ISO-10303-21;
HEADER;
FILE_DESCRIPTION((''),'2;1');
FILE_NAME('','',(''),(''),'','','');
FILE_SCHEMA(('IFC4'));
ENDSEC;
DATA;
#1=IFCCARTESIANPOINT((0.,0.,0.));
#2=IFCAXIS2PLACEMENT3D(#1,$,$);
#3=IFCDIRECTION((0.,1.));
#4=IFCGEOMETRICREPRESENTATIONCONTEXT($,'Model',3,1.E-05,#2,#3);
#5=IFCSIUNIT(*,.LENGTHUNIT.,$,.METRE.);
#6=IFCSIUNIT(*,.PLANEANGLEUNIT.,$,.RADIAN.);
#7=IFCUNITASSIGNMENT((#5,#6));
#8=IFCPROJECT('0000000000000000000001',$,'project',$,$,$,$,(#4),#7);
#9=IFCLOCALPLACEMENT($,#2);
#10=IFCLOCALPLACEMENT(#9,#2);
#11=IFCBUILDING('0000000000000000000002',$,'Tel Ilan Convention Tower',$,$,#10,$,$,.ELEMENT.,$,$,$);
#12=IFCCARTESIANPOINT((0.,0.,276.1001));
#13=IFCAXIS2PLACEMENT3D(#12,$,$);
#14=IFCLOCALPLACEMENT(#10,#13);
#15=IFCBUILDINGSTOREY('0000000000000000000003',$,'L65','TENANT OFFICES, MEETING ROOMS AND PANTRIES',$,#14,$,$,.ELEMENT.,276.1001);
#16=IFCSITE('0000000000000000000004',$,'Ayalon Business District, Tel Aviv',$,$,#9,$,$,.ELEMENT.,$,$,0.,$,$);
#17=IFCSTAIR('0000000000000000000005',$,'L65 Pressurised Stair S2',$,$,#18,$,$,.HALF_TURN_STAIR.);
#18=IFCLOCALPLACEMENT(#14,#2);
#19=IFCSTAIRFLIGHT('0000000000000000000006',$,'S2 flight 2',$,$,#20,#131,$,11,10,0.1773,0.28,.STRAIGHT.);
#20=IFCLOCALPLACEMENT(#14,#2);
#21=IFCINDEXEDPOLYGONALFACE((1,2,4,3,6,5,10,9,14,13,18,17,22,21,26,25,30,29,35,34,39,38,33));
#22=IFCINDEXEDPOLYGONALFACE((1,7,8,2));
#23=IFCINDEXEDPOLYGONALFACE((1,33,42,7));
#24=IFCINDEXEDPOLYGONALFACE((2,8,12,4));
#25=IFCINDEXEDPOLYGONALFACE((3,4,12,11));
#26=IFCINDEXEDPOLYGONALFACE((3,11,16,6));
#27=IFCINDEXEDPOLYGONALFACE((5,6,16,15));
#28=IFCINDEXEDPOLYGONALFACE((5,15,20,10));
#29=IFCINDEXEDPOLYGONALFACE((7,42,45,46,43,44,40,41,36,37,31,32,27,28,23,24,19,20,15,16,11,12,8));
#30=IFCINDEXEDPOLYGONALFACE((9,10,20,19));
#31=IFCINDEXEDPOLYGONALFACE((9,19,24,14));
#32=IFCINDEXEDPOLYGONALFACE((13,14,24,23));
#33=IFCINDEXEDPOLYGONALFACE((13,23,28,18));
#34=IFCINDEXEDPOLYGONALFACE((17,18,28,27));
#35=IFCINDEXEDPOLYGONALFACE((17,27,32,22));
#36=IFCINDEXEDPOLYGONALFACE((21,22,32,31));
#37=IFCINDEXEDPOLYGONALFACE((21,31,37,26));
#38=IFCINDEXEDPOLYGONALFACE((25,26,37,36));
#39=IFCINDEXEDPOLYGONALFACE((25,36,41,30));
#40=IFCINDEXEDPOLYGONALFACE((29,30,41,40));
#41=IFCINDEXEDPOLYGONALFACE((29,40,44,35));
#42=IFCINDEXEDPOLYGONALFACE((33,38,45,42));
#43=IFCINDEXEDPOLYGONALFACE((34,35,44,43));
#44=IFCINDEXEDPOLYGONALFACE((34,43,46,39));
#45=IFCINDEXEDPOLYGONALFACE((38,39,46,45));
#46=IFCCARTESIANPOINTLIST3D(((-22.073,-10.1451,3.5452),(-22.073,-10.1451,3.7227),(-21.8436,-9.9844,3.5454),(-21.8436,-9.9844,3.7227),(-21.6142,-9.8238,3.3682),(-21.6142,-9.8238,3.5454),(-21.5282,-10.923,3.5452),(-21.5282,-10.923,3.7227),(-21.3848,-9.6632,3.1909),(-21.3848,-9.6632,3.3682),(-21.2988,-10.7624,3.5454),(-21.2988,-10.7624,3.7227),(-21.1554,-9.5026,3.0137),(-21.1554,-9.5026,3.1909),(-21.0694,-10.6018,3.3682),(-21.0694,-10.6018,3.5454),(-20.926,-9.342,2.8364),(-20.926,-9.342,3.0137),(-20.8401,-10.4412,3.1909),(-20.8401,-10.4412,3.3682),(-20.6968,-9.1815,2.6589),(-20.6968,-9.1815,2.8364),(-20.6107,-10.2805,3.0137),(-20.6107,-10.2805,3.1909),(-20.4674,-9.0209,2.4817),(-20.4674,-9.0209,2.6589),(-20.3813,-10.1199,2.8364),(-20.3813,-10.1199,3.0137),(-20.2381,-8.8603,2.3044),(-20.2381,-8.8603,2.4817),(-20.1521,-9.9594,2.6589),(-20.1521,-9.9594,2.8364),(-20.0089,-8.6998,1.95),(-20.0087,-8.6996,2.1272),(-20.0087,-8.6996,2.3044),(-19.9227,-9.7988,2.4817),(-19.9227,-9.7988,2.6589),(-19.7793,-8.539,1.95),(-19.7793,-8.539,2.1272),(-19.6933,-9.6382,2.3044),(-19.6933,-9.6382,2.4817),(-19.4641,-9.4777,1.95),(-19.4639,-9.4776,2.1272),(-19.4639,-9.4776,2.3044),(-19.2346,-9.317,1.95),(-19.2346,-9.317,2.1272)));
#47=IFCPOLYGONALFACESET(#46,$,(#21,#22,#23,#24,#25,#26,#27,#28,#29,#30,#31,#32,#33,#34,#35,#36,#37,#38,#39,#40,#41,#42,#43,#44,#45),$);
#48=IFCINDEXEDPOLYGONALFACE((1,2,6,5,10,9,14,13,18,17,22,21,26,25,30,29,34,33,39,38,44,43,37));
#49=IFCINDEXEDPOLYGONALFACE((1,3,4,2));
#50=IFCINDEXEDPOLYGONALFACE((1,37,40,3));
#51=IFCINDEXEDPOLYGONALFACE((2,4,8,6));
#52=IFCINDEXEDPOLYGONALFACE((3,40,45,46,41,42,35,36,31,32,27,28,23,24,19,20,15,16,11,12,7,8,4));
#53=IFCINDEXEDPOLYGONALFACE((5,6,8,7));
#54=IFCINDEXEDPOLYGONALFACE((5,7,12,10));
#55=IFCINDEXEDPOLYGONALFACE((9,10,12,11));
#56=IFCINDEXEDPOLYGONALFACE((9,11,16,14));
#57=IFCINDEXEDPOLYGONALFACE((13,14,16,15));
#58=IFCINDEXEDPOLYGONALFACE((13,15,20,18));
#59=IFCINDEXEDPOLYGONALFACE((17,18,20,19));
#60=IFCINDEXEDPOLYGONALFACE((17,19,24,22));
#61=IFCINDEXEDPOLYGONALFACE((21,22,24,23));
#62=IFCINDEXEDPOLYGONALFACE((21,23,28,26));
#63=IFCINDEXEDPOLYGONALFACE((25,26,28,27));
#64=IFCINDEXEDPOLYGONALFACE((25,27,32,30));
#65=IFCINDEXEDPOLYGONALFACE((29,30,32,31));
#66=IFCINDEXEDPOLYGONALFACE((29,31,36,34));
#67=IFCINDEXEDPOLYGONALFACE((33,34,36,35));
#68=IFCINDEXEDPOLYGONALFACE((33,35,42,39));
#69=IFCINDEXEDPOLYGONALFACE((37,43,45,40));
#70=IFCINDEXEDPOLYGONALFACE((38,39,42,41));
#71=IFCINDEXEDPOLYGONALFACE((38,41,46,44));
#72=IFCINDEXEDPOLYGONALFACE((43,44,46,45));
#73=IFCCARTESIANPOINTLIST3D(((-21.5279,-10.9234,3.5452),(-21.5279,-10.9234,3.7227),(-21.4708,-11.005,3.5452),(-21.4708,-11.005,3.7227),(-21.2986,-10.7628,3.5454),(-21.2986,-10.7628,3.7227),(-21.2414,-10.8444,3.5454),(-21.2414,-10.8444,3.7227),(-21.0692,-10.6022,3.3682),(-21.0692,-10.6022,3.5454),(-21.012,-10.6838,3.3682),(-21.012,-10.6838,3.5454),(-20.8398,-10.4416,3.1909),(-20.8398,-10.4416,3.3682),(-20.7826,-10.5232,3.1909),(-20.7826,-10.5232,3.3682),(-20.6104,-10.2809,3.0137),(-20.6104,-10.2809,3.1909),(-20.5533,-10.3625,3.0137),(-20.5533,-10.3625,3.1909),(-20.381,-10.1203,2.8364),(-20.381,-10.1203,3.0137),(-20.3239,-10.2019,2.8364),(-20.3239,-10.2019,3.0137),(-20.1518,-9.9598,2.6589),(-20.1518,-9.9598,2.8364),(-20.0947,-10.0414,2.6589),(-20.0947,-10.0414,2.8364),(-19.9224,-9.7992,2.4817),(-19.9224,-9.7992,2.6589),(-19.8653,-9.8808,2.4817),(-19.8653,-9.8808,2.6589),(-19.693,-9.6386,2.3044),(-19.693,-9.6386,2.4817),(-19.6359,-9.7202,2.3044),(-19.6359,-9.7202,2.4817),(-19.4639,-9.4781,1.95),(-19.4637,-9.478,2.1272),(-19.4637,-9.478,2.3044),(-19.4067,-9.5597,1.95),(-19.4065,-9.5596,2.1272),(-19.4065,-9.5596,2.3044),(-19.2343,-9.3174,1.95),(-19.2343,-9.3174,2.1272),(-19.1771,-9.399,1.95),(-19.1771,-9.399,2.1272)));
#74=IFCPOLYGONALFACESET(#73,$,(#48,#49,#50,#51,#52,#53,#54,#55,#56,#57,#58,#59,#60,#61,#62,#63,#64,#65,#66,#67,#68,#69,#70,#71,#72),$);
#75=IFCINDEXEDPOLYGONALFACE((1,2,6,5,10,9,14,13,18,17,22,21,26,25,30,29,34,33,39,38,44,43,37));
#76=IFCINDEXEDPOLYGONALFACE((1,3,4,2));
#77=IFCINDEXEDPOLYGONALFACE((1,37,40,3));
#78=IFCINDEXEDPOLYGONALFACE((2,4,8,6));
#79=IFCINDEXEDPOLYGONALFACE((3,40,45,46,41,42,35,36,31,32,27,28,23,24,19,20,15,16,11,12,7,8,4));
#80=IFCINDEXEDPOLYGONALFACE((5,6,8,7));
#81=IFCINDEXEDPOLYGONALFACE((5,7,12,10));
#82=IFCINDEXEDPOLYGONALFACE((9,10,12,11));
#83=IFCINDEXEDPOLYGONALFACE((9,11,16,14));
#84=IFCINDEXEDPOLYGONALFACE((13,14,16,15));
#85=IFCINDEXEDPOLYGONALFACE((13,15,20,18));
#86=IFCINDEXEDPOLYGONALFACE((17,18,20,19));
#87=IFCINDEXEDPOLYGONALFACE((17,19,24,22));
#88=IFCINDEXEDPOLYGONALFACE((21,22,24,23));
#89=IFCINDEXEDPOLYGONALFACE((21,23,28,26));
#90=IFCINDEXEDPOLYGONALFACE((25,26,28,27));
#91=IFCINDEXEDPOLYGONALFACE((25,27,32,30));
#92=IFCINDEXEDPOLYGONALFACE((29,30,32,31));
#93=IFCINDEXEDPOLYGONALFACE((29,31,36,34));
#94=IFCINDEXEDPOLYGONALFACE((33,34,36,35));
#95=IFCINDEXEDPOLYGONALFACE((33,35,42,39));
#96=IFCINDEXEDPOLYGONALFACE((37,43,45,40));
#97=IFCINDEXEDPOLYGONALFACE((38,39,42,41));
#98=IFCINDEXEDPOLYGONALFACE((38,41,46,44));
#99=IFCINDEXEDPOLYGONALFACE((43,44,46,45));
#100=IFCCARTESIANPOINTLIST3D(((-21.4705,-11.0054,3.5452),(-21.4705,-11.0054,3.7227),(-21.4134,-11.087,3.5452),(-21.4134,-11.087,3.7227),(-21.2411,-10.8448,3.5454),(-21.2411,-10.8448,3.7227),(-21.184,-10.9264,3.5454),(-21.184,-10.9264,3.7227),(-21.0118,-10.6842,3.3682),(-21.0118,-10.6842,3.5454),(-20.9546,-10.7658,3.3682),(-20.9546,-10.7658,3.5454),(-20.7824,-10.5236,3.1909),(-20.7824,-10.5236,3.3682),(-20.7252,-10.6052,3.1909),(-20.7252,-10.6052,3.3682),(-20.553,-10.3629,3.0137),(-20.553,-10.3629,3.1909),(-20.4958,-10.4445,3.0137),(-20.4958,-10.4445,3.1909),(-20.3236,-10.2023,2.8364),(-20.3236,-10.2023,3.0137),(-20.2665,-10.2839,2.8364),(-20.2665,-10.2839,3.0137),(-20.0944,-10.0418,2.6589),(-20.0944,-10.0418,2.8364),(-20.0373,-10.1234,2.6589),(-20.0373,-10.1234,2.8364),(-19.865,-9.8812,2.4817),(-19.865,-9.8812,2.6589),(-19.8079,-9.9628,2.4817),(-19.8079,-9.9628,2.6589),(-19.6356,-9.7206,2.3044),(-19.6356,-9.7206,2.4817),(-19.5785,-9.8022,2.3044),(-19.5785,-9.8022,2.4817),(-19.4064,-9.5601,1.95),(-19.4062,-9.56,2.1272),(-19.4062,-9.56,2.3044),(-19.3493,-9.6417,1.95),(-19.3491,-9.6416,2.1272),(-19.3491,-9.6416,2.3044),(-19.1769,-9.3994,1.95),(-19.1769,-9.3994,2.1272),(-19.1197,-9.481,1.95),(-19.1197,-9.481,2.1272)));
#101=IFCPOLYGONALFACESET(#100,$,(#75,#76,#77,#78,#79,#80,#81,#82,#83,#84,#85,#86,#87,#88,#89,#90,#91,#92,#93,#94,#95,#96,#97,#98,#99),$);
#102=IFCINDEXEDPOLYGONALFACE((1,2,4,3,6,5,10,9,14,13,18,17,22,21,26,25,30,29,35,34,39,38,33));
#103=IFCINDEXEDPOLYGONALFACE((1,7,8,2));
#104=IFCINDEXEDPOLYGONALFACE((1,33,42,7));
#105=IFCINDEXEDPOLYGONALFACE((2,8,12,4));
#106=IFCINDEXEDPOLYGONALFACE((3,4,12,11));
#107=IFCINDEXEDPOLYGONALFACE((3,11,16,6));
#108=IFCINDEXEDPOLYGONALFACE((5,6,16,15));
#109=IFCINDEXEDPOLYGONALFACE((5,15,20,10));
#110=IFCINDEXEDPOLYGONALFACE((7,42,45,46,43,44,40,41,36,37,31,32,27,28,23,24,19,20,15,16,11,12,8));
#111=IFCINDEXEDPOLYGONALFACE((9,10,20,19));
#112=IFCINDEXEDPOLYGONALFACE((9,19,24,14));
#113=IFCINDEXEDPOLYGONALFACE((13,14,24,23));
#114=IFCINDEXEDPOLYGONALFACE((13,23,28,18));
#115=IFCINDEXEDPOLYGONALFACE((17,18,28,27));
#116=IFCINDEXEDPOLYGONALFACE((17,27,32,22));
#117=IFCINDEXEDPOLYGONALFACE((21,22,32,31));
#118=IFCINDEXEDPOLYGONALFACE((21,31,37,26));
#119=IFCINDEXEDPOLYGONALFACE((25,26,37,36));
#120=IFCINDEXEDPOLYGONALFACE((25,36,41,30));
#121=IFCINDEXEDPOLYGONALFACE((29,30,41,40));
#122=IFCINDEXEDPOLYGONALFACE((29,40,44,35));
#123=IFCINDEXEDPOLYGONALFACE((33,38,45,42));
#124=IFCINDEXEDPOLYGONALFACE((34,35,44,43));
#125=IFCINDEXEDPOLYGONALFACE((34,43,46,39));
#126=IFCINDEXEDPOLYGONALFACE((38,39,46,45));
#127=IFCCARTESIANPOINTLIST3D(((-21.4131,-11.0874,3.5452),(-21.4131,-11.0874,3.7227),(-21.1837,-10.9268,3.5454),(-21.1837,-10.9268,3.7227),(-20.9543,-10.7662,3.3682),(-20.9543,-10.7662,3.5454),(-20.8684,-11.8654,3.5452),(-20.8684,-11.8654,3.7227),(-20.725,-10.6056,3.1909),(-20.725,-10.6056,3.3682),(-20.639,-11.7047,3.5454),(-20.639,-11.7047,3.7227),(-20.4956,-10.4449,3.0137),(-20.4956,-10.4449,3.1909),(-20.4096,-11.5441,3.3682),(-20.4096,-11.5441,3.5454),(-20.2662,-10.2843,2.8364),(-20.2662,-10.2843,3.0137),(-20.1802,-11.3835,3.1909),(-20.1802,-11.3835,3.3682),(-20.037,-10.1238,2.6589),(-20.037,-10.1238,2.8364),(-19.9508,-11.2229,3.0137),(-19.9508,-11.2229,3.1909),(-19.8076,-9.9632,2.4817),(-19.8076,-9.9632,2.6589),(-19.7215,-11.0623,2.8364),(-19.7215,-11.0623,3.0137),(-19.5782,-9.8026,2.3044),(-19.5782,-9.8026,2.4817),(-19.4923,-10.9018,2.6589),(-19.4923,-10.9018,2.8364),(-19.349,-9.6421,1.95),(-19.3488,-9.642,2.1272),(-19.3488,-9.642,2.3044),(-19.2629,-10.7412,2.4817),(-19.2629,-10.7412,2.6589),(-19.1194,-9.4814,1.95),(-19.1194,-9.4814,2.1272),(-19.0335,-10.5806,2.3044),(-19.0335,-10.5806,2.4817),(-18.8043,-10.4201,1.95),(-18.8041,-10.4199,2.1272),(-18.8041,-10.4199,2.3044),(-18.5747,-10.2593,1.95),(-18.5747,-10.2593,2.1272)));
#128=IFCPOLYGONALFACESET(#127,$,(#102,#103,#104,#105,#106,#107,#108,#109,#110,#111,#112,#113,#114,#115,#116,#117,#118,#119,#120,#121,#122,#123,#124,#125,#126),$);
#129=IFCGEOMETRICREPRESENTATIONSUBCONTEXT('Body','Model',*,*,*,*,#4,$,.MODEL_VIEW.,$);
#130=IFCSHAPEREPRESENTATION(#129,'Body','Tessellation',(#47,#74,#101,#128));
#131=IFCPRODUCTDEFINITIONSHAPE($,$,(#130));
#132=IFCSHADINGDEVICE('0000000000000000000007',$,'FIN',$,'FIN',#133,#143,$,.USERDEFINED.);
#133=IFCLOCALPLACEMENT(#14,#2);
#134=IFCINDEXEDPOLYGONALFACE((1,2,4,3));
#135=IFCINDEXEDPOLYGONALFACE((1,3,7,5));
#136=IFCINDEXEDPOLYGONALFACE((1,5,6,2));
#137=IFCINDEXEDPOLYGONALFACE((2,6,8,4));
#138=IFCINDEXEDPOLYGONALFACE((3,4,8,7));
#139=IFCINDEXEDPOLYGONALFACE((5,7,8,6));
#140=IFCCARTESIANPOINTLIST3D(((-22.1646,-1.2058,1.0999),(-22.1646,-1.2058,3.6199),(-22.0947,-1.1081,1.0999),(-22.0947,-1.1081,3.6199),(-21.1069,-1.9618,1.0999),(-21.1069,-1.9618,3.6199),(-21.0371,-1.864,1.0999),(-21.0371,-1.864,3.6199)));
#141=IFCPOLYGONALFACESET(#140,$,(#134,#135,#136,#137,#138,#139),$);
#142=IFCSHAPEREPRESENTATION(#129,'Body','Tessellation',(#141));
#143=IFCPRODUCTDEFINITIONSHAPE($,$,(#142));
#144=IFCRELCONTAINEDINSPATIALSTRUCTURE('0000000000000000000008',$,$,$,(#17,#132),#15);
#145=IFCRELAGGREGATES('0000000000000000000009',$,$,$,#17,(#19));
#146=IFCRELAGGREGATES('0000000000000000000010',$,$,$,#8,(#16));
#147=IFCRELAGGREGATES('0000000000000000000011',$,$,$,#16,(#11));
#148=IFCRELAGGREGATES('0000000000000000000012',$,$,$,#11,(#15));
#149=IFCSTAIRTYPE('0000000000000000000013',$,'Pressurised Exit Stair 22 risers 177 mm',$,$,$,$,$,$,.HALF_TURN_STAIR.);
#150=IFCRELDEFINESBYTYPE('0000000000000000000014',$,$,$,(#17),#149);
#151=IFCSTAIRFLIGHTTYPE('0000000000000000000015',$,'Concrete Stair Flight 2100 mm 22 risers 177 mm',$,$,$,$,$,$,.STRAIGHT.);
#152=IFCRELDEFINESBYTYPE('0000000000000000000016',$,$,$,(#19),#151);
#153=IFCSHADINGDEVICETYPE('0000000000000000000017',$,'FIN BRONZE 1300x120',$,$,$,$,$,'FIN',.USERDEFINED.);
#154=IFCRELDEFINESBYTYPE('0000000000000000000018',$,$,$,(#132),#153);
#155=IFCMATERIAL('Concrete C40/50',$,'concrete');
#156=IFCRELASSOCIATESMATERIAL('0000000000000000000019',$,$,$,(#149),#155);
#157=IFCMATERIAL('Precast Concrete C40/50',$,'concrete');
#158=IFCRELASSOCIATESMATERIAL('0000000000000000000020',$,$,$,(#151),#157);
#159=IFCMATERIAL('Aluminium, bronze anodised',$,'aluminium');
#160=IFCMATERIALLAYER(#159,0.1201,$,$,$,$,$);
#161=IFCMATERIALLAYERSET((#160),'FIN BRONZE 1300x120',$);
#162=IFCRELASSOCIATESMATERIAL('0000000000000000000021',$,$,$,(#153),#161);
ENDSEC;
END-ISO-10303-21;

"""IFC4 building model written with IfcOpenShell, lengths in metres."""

from ifc_helpers import new_model, si_unit, direction, frame, origin, origin_2d, place, context, subcontext, project, spatial, polyline, rectangle, outline, extrude, material, layer, layer_set, type_object, element, aggregate, save


model = new_model("IFC4")

# Units and contexts
model_context = context("Model", 3, precision=1e-05, world=origin(), true_north=direction((0.0, 1.0)))
body_context = subcontext(model_context, "Body", "Model", "MODEL_VIEW")
ifc_project = project(units=[si_unit("LENGTHUNIT", "METRE"), si_unit("PLANEANGLEUNIT", "RADIAN")], contexts=[model_context])

# Site, building, storey
site_placement = place(None, origin())
site = spatial("IfcSite", under=ifc_project, at=site_placement, Name="Ayalon Business District, Tel Aviv", CompositionType="ELEMENT", RefElevation=0.0)
building_placement = place(site_placement, origin())
building = spatial("IfcBuilding", under=site, at=building_placement, Name="Tel Ilan Convention Tower", CompositionType="ELEMENT")
storey_placement = place(building_placement, frame((0.0, 0.0, 276.1001)))
storey = spatial("IfcBuildingStorey", under=building, at=storey_placement, Name="L65", Description="TENANT OFFICES, MEETING ROOMS AND PANTRIES", CompositionType="ELEMENT", Elevation=276.1001)

# Stair, stair flight
ifc_material_1 = material(Name="Concrete C40/50", Category="concrete")
stair_type = type_object("IfcStairType", Name="Pressurised Exit Stair 22 risers 177 mm", PredefinedType="HALF_TURN_STAIR", material=ifc_material_1)
ifc_material_2 = material(Name="Precast Concrete C40/50", Category="concrete")
stair_flight_type = type_object("IfcStairFlightType", Name="Concrete Stair Flight 2100 mm 22 risers 177 mm", PredefinedType="STRAIGHT", material=ifc_material_2)
stair_1_placement = place(storey_placement, origin())
stair_1 = element("IfcStair", 1, at=stair_1_placement, inside=storey, type_object=stair_type, Name="L65 Pressurised Stair S2", PredefinedType="HALF_TURN_STAIR")
stair_flight_1_placement = place(storey_placement, frame((-19.177, -9.3992, 1.95), z_axis=(0.0, 0.0, 1.0), x_axis=(-0.819152, -0.573576, 0.0)))
stair_flight_1 = element("IfcStairFlight", 2, at=stair_flight_1_placement, type_object=stair_flight_type, Name="S2 flight 2", NumberOfRisers=11, NumberOfTreads=10, PredefinedType="STRAIGHT", RiserHeight=0.1773, TreadLength=0.28, context=body_context, shape_type="SweptSolid", body=[
    extrude(outline(polyline([(0.0, 0.0), (0.0, 0.1772), (0.28, 0.1772), (0.28, 0.3545), (0.5601, 0.3545), (0.5601, 0.5317), (0.8401, 0.5317), (0.8401, 0.709), (1.1201, 0.709), (1.1201, 0.8865), (1.3999, 0.8865), (1.3999, 1.0637), (1.6799, 1.0637), (1.6799, 1.241), (1.96, 1.241), (1.96, 1.4182), (2.24, 1.4182), (2.24, 1.5955), (2.52, 1.5955), (2.52, 1.7727), (2.8, 1.7727), (2.8, 1.95), (2.8, 1.5952), (0.2803, 0.0), (0.0, 0.0)])), frame((0.0, -0.1003, 0.0), z_axis=(0.0, -1.0, 0.0), x_axis=(1.0, 0.0, 0.0)), (0.0, 0.0, 1.0), 0.9497),
    extrude(outline(polyline([(0.0, 0.0), (0.0, 0.1772), (0.28, 0.1772), (0.28, 0.3545), (0.5601, 0.3545), (0.5601, 0.5317), (0.8401, 0.5317), (0.8401, 0.709), (1.1201, 0.709), (1.1201, 0.8865), (1.3999, 0.8865), (1.3999, 1.0637), (1.6799, 1.0637), (1.6799, 1.241), (1.96, 1.241), (1.96, 1.4182), (2.24, 1.4182), (2.24, 1.5955), (2.52, 1.5955), (2.52, 1.7727), (2.8, 1.7727), (2.8, 1.95), (2.8, 1.5952), (0.2803, 0.0), (0.0, 0.0)])), frame((0.0, -0.0002, 0.0), z_axis=(0.0, -1.0, 0.0), x_axis=(1.0, 0.0, 0.0)), (0.0, 0.0, 1.0), 0.0996),
    extrude(outline(polyline([(0.0, 0.0), (0.0, 0.1772), (0.28, 0.1772), (0.28, 0.3545), (0.5601, 0.3545), (0.5601, 0.5317), (0.8401, 0.5317), (0.8401, 0.709), (1.1201, 0.709), (1.1201, 0.8865), (1.3999, 0.8865), (1.3999, 1.0637), (1.6799, 1.0637), (1.6799, 1.241), (1.96, 1.241), (1.96, 1.4182), (2.24, 1.4182), (2.24, 1.5955), (2.52, 1.5955), (2.52, 1.7727), (2.8, 1.7727), (2.8, 1.95), (2.8, 1.5952), (0.2803, 0.0), (0.0, 0.0)])), frame((0.0, 0.0999, 0.0), z_axis=(0.0, -1.0, 0.0), x_axis=(1.0, 0.0, 0.0)), (0.0, 0.0, 1.0), 0.0996),
    extrude(outline(polyline([(0.0, 0.0), (0.0, 0.1772), (0.28, 0.1772), (0.28, 0.3545), (0.5601, 0.3545), (0.5601, 0.5317), (0.8401, 0.5317), (0.8401, 0.709), (1.1201, 0.709), (1.1201, 0.8865), (1.3999, 0.8865), (1.3999, 1.0637), (1.6799, 1.0637), (1.6799, 1.241), (1.96, 1.241), (1.96, 1.4182), (2.24, 1.4182), (2.24, 1.5955), (2.52, 1.5955), (2.52, 1.7727), (2.8, 1.7727), (2.8, 1.95), (2.8, 1.5952), (0.2803, 0.0), (0.0, 0.0)])), frame((0.0, 1.05, 0.0), z_axis=(0.0, -1.0, 0.0), x_axis=(1.0, 0.0, 0.0)), (0.0, 0.0, 1.0), 0.9497),
])
aggregate(stair_1, [stair_flight_1])

# Shading device
ifc_material_3 = material(Name="Aluminium, bronze anodised", Category="aluminium")
ifc_layer_1 = layer(ifc_material_3, 0.1201)
ifc_layer_set_1 = layer_set([ifc_layer_1], Name="FIN BRONZE 1300x120")
shading_device_type = type_object("IfcShadingDeviceType", Name="FIN BRONZE 1300x120", ElementType="FIN", PredefinedType="USERDEFINED", material=ifc_layer_set_1)
shading_device_placement = place(storey_placement, frame((-21.6008, -1.5349, 1.0999), z_axis=(0.0, 0.0, 1.0), x_axis=(-0.813552, 0.581492, 0.0)))
element("IfcShadingDevice", 3, at=shading_device_placement, inside=storey, type_object=shading_device_type, Name="FIN", ObjectType="FIN", PredefinedType="USERDEFINED", context=body_context, shape_type="SweptSolid", body=[
    extrude(rectangle(XDim=1.3, YDim=0.1201, at=origin_2d()), origin(), (0.0, 0.0, 1.0), 2.52),
])

save(model, "model.ifc")
